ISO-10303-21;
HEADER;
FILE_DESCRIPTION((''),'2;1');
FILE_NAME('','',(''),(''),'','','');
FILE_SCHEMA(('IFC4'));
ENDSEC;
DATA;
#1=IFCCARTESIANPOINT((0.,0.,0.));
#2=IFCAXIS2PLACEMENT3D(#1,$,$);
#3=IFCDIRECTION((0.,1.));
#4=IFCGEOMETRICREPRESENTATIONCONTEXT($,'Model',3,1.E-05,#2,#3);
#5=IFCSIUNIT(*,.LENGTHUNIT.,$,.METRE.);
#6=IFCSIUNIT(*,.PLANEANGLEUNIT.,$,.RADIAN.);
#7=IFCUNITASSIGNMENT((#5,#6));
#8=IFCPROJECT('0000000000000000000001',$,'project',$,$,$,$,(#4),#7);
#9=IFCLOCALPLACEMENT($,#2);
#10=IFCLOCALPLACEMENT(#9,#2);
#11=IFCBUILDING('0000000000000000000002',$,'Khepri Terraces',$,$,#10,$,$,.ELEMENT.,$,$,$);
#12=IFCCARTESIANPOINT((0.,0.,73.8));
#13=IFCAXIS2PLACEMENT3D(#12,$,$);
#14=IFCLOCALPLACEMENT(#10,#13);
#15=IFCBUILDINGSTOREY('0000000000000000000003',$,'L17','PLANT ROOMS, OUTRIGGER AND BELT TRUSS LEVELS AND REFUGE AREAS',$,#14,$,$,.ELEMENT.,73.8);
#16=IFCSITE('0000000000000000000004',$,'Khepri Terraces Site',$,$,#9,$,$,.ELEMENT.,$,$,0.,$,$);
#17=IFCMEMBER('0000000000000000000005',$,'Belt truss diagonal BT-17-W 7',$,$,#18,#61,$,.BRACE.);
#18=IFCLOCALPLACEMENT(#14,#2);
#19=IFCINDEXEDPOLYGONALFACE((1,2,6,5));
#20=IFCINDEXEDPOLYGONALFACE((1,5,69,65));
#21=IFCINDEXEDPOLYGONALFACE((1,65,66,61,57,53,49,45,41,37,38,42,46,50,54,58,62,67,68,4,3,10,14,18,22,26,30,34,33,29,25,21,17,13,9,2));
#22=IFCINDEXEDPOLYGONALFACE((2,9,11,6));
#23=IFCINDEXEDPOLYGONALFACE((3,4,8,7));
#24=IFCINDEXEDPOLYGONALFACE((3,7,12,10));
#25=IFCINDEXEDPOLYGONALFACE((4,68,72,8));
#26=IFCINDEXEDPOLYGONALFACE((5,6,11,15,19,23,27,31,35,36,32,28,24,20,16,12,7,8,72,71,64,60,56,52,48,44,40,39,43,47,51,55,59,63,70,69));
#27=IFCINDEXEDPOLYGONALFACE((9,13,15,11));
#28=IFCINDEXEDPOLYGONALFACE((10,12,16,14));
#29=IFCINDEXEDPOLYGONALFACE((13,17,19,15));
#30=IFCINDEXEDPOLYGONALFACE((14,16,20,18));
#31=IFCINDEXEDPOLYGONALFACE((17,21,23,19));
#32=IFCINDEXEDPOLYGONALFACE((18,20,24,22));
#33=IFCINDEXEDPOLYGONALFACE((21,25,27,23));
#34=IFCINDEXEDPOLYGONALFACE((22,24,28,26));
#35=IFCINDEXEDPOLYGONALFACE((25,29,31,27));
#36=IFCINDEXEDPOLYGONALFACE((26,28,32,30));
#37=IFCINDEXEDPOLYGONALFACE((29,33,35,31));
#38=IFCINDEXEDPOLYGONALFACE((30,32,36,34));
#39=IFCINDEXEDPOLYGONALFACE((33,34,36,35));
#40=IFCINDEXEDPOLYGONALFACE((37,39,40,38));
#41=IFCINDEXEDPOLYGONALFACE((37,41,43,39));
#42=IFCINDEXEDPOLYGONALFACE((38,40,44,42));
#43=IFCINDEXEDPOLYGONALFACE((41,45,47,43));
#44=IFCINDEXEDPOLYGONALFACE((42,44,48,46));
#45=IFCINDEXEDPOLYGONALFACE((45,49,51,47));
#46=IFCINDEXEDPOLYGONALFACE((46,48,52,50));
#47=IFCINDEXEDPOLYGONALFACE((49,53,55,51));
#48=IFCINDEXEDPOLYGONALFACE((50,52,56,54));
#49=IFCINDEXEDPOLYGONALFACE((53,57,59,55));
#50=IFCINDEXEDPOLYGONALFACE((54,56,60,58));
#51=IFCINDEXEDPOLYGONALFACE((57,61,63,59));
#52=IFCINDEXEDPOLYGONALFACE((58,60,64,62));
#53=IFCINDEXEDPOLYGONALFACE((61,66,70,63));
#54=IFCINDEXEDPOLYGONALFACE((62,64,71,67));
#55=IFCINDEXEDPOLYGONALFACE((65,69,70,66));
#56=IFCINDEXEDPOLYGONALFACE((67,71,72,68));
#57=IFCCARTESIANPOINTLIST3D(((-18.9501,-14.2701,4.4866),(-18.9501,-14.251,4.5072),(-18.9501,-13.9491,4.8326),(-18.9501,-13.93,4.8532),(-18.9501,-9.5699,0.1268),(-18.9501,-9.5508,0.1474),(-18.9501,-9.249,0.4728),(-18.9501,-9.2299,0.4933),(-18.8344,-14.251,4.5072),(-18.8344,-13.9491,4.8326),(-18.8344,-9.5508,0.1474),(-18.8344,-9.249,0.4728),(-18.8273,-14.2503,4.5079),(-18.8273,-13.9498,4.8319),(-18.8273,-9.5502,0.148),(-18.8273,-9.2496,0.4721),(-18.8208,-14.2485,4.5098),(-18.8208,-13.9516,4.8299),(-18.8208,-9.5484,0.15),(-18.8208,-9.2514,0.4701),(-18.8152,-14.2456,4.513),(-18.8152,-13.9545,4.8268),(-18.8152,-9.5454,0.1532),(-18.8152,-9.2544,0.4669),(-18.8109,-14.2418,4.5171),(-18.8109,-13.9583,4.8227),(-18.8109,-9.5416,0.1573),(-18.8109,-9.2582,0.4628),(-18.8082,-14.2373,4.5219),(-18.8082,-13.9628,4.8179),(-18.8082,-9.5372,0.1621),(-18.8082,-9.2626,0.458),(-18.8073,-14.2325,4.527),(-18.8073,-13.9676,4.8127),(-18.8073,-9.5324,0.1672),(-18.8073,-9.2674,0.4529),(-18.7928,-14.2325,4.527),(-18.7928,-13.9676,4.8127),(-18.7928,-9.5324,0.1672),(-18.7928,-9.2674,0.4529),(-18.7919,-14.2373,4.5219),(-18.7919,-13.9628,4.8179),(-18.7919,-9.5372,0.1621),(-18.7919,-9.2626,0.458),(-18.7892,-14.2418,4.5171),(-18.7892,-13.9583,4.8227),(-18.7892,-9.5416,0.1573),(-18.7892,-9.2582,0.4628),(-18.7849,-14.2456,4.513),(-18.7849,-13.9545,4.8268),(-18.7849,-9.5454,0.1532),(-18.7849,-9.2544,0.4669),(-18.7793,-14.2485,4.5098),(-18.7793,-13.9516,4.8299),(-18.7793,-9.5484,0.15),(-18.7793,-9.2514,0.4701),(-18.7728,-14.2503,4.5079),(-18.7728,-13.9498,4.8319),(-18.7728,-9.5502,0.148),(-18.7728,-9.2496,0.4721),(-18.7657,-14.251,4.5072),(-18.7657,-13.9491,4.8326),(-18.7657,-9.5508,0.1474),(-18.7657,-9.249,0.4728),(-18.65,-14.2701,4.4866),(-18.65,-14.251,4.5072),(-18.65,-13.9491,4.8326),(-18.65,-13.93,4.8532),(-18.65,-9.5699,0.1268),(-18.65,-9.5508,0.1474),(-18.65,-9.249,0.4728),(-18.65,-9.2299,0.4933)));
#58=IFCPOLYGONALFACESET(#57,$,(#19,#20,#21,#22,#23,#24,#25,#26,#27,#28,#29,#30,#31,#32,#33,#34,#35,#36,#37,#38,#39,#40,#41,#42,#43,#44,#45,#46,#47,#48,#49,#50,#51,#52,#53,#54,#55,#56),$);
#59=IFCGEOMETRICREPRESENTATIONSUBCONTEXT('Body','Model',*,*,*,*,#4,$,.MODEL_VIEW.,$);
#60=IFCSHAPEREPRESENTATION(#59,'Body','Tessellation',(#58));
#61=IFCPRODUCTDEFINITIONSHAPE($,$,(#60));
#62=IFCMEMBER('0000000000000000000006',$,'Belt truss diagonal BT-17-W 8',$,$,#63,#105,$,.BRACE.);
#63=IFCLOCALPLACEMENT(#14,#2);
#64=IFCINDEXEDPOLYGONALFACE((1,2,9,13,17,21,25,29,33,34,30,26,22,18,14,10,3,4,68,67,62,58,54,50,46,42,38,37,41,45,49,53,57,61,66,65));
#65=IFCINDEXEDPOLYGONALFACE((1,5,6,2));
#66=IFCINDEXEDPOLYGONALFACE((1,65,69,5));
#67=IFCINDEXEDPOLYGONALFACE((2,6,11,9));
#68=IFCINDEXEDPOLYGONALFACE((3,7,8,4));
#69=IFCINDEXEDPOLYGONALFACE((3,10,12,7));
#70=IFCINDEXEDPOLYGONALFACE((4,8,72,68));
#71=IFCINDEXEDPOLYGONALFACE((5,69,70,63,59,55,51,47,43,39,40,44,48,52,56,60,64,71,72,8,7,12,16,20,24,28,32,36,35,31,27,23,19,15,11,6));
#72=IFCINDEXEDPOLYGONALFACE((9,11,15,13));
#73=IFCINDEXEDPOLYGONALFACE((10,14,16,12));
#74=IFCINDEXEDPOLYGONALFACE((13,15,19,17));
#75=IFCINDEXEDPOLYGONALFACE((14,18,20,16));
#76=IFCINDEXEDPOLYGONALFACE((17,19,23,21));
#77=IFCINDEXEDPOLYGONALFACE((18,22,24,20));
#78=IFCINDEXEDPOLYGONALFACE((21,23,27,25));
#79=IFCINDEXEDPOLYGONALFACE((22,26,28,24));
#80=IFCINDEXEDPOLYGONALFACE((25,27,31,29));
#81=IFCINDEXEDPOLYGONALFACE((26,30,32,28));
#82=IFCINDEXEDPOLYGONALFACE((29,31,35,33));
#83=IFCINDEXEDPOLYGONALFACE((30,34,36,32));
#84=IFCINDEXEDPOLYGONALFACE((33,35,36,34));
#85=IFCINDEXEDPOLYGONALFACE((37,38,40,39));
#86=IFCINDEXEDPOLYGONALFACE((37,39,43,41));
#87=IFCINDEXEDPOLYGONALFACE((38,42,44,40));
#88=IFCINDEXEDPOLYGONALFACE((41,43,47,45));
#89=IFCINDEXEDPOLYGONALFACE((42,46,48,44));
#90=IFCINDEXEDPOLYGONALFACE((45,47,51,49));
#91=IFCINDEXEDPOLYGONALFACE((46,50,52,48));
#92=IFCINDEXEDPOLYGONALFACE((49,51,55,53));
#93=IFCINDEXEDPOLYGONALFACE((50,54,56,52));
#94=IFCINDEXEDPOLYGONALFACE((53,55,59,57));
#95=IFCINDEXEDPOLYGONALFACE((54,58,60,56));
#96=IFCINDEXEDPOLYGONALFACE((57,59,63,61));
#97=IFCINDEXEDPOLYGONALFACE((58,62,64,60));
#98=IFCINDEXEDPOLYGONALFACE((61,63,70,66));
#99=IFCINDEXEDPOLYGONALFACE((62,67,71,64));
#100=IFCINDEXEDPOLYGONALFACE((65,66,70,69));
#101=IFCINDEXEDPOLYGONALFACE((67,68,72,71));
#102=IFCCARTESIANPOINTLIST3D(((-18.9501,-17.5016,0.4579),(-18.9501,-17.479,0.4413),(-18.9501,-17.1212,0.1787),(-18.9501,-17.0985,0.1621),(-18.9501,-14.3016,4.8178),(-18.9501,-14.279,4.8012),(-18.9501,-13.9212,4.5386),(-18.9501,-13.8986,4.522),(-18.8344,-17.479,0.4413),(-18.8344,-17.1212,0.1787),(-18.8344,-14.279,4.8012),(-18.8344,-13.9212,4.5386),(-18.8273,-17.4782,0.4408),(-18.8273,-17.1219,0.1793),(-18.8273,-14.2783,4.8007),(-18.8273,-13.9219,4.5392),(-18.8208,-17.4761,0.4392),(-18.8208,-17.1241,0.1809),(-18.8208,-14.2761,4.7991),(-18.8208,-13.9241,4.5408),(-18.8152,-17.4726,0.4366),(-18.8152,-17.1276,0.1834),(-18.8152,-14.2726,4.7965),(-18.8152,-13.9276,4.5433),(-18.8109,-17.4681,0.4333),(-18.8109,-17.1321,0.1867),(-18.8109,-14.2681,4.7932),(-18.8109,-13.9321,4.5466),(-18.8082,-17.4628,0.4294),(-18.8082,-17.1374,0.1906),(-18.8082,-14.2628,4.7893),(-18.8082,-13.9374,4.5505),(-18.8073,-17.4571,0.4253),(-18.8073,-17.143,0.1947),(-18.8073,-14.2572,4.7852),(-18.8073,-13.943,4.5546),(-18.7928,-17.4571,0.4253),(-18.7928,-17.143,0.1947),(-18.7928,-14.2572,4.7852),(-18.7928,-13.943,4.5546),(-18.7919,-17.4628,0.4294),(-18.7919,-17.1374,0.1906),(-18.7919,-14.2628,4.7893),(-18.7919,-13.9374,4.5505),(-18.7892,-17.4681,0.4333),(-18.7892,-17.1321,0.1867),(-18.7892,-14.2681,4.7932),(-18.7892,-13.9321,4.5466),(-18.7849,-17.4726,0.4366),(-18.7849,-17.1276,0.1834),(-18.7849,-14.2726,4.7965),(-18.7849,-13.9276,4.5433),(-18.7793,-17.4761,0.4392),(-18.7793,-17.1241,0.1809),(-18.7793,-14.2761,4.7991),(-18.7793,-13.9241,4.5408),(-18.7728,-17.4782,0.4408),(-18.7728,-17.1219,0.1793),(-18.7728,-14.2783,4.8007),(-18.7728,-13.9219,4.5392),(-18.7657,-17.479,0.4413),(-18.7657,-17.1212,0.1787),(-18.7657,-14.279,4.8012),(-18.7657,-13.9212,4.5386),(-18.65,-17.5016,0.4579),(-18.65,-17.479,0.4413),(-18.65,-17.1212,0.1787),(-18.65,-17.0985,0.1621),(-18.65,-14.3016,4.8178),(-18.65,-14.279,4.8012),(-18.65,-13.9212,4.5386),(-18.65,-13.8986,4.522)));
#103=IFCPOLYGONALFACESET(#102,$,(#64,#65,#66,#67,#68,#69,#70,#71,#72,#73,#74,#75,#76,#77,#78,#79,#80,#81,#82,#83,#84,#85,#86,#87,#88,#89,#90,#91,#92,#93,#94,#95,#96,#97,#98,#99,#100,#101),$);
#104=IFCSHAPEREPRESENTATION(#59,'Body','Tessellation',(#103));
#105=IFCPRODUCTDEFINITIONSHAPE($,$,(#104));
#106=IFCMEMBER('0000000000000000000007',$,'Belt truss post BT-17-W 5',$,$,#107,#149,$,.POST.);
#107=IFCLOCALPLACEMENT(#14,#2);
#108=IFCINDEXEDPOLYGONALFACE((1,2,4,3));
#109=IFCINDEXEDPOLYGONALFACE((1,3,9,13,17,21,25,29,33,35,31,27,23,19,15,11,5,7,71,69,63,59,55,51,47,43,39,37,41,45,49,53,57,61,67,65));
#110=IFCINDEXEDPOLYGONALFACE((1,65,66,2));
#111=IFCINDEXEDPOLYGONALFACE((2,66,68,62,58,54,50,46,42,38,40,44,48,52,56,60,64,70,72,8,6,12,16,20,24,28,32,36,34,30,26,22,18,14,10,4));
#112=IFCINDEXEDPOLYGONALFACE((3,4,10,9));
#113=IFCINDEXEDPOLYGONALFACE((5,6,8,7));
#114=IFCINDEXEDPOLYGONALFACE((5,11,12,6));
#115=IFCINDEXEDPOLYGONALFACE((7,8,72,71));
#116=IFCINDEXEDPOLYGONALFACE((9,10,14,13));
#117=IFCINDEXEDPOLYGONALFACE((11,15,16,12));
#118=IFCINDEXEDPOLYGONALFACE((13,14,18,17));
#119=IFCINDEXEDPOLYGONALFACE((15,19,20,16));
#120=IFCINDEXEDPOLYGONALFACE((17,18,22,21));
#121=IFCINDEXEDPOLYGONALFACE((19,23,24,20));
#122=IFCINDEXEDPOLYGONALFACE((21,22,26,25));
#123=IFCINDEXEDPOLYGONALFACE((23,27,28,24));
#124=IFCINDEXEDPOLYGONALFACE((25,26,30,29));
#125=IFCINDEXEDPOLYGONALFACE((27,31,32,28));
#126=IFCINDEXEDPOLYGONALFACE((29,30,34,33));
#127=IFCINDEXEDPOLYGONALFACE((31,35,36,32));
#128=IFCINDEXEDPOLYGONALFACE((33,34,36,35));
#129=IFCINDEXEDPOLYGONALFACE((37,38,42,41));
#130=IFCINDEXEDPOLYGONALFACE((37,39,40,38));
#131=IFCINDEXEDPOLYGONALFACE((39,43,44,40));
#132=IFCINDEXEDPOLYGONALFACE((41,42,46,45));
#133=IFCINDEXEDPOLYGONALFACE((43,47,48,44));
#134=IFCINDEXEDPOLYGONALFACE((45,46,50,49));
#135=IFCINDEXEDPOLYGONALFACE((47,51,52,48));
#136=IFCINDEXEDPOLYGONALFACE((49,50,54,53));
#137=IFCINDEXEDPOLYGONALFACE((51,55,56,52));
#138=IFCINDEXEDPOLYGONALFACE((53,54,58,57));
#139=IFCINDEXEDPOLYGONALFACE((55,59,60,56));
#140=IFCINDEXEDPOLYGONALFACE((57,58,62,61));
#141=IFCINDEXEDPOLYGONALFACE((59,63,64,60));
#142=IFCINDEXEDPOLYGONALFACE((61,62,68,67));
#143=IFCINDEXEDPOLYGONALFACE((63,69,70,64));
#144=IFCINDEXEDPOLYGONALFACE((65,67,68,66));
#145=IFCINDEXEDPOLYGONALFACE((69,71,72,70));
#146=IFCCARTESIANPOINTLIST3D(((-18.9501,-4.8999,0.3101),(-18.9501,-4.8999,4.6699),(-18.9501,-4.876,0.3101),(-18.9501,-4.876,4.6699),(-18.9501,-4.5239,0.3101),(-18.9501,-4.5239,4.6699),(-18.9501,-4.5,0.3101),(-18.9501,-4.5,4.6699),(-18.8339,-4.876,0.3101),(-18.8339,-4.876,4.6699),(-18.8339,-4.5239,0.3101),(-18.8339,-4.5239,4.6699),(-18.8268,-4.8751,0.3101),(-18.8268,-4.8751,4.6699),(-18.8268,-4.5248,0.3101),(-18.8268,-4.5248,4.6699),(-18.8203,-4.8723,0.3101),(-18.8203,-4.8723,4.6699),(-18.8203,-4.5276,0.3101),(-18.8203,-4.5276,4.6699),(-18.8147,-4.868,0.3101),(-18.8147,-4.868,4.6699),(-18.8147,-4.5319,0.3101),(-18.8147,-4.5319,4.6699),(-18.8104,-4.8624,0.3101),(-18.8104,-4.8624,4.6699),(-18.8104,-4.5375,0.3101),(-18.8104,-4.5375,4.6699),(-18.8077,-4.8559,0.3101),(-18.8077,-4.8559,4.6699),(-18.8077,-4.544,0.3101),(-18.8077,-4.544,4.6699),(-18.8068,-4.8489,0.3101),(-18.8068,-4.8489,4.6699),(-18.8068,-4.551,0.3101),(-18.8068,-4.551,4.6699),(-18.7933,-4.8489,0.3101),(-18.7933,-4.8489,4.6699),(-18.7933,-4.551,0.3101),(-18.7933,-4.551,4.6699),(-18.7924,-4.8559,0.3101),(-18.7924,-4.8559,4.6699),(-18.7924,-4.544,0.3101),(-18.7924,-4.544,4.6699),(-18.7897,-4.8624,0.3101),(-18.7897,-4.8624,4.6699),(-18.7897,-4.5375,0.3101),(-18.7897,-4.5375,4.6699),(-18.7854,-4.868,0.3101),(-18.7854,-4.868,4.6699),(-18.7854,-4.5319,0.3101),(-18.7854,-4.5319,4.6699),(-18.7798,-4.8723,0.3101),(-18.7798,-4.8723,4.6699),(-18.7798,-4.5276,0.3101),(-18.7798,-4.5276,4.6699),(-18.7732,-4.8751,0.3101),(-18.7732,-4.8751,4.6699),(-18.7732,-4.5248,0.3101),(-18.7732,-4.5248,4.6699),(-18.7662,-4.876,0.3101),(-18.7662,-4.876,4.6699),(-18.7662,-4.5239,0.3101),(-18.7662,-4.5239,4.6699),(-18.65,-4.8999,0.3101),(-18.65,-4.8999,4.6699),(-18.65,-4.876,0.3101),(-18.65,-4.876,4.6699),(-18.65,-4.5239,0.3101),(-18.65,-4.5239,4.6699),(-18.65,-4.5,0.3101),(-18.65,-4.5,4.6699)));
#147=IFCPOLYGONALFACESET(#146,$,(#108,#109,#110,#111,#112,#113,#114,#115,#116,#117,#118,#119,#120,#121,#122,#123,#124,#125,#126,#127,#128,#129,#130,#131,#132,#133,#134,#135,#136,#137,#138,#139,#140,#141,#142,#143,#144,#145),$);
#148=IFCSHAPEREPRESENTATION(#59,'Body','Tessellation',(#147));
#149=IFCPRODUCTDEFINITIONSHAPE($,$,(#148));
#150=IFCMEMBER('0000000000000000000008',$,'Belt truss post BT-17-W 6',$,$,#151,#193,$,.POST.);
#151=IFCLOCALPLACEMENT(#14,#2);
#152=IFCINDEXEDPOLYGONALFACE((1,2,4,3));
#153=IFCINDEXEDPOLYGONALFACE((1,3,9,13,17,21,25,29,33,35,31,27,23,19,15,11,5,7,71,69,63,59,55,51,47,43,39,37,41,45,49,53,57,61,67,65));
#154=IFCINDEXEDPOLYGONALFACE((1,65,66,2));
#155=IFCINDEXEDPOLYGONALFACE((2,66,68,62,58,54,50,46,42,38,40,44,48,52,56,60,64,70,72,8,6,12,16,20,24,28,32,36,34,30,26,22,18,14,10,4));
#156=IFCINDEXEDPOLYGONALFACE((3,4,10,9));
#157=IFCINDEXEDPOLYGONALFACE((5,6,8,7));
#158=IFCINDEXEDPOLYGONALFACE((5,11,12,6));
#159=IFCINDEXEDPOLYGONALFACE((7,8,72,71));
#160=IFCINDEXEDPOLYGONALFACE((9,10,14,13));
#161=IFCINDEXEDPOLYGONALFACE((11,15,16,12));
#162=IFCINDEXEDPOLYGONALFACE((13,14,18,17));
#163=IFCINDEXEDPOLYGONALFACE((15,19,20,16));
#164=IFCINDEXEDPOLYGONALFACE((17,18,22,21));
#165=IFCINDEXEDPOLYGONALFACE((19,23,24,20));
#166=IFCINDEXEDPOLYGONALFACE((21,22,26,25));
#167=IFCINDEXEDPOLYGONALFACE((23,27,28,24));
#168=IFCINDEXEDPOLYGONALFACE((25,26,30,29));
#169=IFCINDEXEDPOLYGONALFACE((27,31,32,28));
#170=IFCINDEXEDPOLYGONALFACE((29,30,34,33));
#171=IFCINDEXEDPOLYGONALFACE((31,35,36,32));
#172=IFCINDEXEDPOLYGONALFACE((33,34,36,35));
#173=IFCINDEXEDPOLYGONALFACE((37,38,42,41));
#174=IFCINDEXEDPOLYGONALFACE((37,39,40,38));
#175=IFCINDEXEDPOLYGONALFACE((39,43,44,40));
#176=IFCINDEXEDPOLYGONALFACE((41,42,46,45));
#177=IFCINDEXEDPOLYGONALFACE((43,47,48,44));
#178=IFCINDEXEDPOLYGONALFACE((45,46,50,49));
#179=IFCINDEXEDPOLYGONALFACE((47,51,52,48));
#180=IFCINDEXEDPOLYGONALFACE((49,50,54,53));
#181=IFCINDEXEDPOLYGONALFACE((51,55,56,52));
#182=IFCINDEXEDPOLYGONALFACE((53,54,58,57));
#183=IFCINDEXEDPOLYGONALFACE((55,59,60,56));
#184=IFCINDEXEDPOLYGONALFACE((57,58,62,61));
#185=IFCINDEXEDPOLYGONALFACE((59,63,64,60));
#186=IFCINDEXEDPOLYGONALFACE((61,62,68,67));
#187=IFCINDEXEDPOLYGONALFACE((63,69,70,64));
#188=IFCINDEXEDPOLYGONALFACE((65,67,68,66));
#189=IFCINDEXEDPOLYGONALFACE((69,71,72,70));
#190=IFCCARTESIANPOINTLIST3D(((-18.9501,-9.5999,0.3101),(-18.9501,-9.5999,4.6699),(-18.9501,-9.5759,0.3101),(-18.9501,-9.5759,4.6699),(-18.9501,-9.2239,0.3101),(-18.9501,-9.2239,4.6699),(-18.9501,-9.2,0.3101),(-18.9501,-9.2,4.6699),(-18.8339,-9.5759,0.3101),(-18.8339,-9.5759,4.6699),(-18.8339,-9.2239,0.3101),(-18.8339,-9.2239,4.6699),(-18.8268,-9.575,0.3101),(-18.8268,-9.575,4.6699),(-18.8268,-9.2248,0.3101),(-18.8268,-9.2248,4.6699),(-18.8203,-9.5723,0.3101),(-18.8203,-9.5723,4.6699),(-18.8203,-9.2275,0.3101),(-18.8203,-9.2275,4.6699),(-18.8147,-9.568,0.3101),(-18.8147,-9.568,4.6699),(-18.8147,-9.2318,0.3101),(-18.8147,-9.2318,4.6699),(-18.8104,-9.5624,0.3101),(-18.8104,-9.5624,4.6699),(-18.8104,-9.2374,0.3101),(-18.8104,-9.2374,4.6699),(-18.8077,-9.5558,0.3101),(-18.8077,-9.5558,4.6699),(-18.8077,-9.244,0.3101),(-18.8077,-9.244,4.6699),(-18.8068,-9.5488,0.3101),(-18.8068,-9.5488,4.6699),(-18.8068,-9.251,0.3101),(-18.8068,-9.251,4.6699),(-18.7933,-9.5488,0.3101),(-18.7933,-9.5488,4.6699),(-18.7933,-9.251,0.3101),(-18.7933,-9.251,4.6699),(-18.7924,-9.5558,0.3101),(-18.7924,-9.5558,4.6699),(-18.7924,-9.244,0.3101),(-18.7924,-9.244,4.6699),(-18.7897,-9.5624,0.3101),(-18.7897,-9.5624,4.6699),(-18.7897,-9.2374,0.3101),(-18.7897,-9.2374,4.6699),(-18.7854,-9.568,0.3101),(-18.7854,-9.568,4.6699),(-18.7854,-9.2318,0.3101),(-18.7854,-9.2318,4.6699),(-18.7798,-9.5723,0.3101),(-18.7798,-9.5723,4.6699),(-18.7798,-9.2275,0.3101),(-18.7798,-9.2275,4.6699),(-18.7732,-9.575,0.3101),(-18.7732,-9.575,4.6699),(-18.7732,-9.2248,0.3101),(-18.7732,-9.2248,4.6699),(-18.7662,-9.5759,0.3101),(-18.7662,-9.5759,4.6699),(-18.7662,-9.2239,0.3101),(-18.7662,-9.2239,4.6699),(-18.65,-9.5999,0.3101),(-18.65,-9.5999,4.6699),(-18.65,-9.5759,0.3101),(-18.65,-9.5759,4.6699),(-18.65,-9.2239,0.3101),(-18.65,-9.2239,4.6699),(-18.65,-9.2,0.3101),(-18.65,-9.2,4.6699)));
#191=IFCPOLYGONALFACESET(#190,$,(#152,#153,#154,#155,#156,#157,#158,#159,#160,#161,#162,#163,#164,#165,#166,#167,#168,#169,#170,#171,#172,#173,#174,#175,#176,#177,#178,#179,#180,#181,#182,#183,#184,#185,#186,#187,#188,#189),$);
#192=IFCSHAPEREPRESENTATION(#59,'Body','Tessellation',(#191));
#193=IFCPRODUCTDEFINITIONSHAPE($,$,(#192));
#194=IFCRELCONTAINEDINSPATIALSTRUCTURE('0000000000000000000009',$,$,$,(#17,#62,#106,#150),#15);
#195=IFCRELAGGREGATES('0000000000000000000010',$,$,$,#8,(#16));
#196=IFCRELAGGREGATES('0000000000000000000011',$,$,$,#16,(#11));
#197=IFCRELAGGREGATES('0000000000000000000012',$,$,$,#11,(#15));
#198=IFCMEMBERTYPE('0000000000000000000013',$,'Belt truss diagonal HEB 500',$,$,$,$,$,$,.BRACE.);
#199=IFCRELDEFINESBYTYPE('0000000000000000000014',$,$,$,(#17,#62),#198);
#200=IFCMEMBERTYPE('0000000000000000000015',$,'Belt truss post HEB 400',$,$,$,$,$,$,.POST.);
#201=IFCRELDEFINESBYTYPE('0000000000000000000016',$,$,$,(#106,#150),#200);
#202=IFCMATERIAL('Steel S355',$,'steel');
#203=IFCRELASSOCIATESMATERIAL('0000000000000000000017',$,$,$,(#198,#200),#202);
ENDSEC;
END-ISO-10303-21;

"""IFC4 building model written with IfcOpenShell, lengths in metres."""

from ifc_helpers import new_model, si_unit, direction, frame, origin, origin_2d, place, context, subcontext, project, spatial, i_section, extrude, material, material_profile, profile_set, type_object, element, save


model = new_model("IFC4")

# Units and contexts
model_context = context("Model", 3, precision=1e-05, world=origin(), true_north=direction((0.0, 1.0)))
body_context = subcontext(model_context, "Body", "Model", "MODEL_VIEW")
ifc_project = project(units=[si_unit("LENGTHUNIT", "METRE"), si_unit("PLANEANGLEUNIT", "RADIAN")], contexts=[model_context])

# Site, building, storey
site_placement = place(None, origin())
site = spatial("IfcSite", under=ifc_project, at=site_placement, Name="Khepri Terraces Site", CompositionType="ELEMENT", RefElevation=0.0)
building_placement = place(site_placement, origin())
building = spatial("IfcBuilding", under=site, at=building_placement, Name="Khepri Terraces", CompositionType="ELEMENT")
storey_placement = place(building_placement, frame((0.0, 0.0, 73.8)))
storey = spatial("IfcBuildingStorey", under=building, at=storey_placement, Name="L17", Description="PLANT ROOMS, OUTRIGGER AND BELT TRUSS LEVELS AND REFUGE AREAS", CompositionType="ELEMENT", Elevation=73.8)

# Members
ifc_material_1 = material(Name="Steel S355", Category="steel")
ifc_material_profile_1 = material_profile(ifc_material_1, i_section(OverallWidth=0.3, OverallDepth=0.5, WebThickness=0.0144, FlangeThickness=0.0281, FilletRadius=0.0271, at=origin_2d()), Name="Steel S355", Category="steel")
ifc_profile_set_1 = profile_set([ifc_material_profile_1], Name="Steel S355")
member_type_1 = type_object("IfcMemberType", Name="Belt truss diagonal HEB 500", PredefinedType="BRACE", material=ifc_profile_set_1)
for number, where, z_axis, x_axis, name in (
    (1, (-18.8, -9.3999, 0.3101), (0.0, -0.733151, 0.680065), (1.0, 0.0, 0.0), "Belt truss diagonal BT-17-W 7"),
):
    element("IfcMember", number, at=place(storey_placement, frame(where, z_axis=z_axis, x_axis=x_axis)), inside=storey, type_object=member_type_1, Name=name, PredefinedType="BRACE", context=body_context, shape_type="SweptSolid", body=[
        extrude(i_section(OverallWidth=0.3, OverallDepth=0.5, WebThickness=0.0144, FlangeThickness=0.0281, FilletRadius=0.0271, at=origin_2d()), origin(), (0.0, 0.0, 1.0), 6.4109),
    ])
member_1_placement = place(storey_placement, frame((-18.8, -14.1001, 4.6699), z_axis=(0.0, -0.59169, -0.806165), x_axis=(1.0, 0.0, 0.0)))
element("IfcMember", 2, at=member_1_placement, inside=storey, type_object=member_type_1, Name="Belt truss diagonal BT-17-W 8", PredefinedType="BRACE", context=body_context, shape_type="SweptSolid", body=[
    extrude(i_section(OverallWidth=0.3, OverallDepth=0.5, WebThickness=0.0144, FlangeThickness=0.0281, FilletRadius=0.0271, at=origin_2d()), origin(), (0.0, 0.0, 1.0), 5.4082),
])
ifc_material_profile_2 = material_profile(ifc_material_1, i_section(OverallWidth=0.3, OverallDepth=0.3999, WebThickness=0.0134, FlangeThickness=0.0239, FilletRadius=0.0271, at=origin_2d()), Name="Steel S355", Category="steel")
ifc_profile_set_2 = profile_set([ifc_material_profile_2], Name="Steel S355")
member_type_2 = type_object("IfcMemberType", Name="Belt truss post HEB 400", PredefinedType="POST", material=ifc_profile_set_2)
for number, where, z_axis, x_axis, name in (
    (3, (-18.8, -4.7, 0.3101), (0.0, 0.0, 1.0), (1.0, 0.0, 0.0), "Belt truss post BT-17-W 5"),
    (4, (-18.8, -9.3999, 0.3101), (0.0, 0.0, 1.0), (1.0, 0.0, 0.0), "Belt truss post BT-17-W 6"),
):
    element("IfcMember", number, at=place(storey_placement, frame(where, z_axis=z_axis, x_axis=x_axis)), inside=storey, type_object=member_type_2, Name=name, PredefinedType="POST", context=body_context, shape_type="SweptSolid", body=[
        extrude(i_section(OverallWidth=0.3, OverallDepth=0.3999, WebThickness=0.0134, FlangeThickness=0.0239, FilletRadius=0.0271, at=origin_2d()), origin(), (0.0, 0.0, 1.0), 4.3599),
    ])

save(model, "model.ifc")
